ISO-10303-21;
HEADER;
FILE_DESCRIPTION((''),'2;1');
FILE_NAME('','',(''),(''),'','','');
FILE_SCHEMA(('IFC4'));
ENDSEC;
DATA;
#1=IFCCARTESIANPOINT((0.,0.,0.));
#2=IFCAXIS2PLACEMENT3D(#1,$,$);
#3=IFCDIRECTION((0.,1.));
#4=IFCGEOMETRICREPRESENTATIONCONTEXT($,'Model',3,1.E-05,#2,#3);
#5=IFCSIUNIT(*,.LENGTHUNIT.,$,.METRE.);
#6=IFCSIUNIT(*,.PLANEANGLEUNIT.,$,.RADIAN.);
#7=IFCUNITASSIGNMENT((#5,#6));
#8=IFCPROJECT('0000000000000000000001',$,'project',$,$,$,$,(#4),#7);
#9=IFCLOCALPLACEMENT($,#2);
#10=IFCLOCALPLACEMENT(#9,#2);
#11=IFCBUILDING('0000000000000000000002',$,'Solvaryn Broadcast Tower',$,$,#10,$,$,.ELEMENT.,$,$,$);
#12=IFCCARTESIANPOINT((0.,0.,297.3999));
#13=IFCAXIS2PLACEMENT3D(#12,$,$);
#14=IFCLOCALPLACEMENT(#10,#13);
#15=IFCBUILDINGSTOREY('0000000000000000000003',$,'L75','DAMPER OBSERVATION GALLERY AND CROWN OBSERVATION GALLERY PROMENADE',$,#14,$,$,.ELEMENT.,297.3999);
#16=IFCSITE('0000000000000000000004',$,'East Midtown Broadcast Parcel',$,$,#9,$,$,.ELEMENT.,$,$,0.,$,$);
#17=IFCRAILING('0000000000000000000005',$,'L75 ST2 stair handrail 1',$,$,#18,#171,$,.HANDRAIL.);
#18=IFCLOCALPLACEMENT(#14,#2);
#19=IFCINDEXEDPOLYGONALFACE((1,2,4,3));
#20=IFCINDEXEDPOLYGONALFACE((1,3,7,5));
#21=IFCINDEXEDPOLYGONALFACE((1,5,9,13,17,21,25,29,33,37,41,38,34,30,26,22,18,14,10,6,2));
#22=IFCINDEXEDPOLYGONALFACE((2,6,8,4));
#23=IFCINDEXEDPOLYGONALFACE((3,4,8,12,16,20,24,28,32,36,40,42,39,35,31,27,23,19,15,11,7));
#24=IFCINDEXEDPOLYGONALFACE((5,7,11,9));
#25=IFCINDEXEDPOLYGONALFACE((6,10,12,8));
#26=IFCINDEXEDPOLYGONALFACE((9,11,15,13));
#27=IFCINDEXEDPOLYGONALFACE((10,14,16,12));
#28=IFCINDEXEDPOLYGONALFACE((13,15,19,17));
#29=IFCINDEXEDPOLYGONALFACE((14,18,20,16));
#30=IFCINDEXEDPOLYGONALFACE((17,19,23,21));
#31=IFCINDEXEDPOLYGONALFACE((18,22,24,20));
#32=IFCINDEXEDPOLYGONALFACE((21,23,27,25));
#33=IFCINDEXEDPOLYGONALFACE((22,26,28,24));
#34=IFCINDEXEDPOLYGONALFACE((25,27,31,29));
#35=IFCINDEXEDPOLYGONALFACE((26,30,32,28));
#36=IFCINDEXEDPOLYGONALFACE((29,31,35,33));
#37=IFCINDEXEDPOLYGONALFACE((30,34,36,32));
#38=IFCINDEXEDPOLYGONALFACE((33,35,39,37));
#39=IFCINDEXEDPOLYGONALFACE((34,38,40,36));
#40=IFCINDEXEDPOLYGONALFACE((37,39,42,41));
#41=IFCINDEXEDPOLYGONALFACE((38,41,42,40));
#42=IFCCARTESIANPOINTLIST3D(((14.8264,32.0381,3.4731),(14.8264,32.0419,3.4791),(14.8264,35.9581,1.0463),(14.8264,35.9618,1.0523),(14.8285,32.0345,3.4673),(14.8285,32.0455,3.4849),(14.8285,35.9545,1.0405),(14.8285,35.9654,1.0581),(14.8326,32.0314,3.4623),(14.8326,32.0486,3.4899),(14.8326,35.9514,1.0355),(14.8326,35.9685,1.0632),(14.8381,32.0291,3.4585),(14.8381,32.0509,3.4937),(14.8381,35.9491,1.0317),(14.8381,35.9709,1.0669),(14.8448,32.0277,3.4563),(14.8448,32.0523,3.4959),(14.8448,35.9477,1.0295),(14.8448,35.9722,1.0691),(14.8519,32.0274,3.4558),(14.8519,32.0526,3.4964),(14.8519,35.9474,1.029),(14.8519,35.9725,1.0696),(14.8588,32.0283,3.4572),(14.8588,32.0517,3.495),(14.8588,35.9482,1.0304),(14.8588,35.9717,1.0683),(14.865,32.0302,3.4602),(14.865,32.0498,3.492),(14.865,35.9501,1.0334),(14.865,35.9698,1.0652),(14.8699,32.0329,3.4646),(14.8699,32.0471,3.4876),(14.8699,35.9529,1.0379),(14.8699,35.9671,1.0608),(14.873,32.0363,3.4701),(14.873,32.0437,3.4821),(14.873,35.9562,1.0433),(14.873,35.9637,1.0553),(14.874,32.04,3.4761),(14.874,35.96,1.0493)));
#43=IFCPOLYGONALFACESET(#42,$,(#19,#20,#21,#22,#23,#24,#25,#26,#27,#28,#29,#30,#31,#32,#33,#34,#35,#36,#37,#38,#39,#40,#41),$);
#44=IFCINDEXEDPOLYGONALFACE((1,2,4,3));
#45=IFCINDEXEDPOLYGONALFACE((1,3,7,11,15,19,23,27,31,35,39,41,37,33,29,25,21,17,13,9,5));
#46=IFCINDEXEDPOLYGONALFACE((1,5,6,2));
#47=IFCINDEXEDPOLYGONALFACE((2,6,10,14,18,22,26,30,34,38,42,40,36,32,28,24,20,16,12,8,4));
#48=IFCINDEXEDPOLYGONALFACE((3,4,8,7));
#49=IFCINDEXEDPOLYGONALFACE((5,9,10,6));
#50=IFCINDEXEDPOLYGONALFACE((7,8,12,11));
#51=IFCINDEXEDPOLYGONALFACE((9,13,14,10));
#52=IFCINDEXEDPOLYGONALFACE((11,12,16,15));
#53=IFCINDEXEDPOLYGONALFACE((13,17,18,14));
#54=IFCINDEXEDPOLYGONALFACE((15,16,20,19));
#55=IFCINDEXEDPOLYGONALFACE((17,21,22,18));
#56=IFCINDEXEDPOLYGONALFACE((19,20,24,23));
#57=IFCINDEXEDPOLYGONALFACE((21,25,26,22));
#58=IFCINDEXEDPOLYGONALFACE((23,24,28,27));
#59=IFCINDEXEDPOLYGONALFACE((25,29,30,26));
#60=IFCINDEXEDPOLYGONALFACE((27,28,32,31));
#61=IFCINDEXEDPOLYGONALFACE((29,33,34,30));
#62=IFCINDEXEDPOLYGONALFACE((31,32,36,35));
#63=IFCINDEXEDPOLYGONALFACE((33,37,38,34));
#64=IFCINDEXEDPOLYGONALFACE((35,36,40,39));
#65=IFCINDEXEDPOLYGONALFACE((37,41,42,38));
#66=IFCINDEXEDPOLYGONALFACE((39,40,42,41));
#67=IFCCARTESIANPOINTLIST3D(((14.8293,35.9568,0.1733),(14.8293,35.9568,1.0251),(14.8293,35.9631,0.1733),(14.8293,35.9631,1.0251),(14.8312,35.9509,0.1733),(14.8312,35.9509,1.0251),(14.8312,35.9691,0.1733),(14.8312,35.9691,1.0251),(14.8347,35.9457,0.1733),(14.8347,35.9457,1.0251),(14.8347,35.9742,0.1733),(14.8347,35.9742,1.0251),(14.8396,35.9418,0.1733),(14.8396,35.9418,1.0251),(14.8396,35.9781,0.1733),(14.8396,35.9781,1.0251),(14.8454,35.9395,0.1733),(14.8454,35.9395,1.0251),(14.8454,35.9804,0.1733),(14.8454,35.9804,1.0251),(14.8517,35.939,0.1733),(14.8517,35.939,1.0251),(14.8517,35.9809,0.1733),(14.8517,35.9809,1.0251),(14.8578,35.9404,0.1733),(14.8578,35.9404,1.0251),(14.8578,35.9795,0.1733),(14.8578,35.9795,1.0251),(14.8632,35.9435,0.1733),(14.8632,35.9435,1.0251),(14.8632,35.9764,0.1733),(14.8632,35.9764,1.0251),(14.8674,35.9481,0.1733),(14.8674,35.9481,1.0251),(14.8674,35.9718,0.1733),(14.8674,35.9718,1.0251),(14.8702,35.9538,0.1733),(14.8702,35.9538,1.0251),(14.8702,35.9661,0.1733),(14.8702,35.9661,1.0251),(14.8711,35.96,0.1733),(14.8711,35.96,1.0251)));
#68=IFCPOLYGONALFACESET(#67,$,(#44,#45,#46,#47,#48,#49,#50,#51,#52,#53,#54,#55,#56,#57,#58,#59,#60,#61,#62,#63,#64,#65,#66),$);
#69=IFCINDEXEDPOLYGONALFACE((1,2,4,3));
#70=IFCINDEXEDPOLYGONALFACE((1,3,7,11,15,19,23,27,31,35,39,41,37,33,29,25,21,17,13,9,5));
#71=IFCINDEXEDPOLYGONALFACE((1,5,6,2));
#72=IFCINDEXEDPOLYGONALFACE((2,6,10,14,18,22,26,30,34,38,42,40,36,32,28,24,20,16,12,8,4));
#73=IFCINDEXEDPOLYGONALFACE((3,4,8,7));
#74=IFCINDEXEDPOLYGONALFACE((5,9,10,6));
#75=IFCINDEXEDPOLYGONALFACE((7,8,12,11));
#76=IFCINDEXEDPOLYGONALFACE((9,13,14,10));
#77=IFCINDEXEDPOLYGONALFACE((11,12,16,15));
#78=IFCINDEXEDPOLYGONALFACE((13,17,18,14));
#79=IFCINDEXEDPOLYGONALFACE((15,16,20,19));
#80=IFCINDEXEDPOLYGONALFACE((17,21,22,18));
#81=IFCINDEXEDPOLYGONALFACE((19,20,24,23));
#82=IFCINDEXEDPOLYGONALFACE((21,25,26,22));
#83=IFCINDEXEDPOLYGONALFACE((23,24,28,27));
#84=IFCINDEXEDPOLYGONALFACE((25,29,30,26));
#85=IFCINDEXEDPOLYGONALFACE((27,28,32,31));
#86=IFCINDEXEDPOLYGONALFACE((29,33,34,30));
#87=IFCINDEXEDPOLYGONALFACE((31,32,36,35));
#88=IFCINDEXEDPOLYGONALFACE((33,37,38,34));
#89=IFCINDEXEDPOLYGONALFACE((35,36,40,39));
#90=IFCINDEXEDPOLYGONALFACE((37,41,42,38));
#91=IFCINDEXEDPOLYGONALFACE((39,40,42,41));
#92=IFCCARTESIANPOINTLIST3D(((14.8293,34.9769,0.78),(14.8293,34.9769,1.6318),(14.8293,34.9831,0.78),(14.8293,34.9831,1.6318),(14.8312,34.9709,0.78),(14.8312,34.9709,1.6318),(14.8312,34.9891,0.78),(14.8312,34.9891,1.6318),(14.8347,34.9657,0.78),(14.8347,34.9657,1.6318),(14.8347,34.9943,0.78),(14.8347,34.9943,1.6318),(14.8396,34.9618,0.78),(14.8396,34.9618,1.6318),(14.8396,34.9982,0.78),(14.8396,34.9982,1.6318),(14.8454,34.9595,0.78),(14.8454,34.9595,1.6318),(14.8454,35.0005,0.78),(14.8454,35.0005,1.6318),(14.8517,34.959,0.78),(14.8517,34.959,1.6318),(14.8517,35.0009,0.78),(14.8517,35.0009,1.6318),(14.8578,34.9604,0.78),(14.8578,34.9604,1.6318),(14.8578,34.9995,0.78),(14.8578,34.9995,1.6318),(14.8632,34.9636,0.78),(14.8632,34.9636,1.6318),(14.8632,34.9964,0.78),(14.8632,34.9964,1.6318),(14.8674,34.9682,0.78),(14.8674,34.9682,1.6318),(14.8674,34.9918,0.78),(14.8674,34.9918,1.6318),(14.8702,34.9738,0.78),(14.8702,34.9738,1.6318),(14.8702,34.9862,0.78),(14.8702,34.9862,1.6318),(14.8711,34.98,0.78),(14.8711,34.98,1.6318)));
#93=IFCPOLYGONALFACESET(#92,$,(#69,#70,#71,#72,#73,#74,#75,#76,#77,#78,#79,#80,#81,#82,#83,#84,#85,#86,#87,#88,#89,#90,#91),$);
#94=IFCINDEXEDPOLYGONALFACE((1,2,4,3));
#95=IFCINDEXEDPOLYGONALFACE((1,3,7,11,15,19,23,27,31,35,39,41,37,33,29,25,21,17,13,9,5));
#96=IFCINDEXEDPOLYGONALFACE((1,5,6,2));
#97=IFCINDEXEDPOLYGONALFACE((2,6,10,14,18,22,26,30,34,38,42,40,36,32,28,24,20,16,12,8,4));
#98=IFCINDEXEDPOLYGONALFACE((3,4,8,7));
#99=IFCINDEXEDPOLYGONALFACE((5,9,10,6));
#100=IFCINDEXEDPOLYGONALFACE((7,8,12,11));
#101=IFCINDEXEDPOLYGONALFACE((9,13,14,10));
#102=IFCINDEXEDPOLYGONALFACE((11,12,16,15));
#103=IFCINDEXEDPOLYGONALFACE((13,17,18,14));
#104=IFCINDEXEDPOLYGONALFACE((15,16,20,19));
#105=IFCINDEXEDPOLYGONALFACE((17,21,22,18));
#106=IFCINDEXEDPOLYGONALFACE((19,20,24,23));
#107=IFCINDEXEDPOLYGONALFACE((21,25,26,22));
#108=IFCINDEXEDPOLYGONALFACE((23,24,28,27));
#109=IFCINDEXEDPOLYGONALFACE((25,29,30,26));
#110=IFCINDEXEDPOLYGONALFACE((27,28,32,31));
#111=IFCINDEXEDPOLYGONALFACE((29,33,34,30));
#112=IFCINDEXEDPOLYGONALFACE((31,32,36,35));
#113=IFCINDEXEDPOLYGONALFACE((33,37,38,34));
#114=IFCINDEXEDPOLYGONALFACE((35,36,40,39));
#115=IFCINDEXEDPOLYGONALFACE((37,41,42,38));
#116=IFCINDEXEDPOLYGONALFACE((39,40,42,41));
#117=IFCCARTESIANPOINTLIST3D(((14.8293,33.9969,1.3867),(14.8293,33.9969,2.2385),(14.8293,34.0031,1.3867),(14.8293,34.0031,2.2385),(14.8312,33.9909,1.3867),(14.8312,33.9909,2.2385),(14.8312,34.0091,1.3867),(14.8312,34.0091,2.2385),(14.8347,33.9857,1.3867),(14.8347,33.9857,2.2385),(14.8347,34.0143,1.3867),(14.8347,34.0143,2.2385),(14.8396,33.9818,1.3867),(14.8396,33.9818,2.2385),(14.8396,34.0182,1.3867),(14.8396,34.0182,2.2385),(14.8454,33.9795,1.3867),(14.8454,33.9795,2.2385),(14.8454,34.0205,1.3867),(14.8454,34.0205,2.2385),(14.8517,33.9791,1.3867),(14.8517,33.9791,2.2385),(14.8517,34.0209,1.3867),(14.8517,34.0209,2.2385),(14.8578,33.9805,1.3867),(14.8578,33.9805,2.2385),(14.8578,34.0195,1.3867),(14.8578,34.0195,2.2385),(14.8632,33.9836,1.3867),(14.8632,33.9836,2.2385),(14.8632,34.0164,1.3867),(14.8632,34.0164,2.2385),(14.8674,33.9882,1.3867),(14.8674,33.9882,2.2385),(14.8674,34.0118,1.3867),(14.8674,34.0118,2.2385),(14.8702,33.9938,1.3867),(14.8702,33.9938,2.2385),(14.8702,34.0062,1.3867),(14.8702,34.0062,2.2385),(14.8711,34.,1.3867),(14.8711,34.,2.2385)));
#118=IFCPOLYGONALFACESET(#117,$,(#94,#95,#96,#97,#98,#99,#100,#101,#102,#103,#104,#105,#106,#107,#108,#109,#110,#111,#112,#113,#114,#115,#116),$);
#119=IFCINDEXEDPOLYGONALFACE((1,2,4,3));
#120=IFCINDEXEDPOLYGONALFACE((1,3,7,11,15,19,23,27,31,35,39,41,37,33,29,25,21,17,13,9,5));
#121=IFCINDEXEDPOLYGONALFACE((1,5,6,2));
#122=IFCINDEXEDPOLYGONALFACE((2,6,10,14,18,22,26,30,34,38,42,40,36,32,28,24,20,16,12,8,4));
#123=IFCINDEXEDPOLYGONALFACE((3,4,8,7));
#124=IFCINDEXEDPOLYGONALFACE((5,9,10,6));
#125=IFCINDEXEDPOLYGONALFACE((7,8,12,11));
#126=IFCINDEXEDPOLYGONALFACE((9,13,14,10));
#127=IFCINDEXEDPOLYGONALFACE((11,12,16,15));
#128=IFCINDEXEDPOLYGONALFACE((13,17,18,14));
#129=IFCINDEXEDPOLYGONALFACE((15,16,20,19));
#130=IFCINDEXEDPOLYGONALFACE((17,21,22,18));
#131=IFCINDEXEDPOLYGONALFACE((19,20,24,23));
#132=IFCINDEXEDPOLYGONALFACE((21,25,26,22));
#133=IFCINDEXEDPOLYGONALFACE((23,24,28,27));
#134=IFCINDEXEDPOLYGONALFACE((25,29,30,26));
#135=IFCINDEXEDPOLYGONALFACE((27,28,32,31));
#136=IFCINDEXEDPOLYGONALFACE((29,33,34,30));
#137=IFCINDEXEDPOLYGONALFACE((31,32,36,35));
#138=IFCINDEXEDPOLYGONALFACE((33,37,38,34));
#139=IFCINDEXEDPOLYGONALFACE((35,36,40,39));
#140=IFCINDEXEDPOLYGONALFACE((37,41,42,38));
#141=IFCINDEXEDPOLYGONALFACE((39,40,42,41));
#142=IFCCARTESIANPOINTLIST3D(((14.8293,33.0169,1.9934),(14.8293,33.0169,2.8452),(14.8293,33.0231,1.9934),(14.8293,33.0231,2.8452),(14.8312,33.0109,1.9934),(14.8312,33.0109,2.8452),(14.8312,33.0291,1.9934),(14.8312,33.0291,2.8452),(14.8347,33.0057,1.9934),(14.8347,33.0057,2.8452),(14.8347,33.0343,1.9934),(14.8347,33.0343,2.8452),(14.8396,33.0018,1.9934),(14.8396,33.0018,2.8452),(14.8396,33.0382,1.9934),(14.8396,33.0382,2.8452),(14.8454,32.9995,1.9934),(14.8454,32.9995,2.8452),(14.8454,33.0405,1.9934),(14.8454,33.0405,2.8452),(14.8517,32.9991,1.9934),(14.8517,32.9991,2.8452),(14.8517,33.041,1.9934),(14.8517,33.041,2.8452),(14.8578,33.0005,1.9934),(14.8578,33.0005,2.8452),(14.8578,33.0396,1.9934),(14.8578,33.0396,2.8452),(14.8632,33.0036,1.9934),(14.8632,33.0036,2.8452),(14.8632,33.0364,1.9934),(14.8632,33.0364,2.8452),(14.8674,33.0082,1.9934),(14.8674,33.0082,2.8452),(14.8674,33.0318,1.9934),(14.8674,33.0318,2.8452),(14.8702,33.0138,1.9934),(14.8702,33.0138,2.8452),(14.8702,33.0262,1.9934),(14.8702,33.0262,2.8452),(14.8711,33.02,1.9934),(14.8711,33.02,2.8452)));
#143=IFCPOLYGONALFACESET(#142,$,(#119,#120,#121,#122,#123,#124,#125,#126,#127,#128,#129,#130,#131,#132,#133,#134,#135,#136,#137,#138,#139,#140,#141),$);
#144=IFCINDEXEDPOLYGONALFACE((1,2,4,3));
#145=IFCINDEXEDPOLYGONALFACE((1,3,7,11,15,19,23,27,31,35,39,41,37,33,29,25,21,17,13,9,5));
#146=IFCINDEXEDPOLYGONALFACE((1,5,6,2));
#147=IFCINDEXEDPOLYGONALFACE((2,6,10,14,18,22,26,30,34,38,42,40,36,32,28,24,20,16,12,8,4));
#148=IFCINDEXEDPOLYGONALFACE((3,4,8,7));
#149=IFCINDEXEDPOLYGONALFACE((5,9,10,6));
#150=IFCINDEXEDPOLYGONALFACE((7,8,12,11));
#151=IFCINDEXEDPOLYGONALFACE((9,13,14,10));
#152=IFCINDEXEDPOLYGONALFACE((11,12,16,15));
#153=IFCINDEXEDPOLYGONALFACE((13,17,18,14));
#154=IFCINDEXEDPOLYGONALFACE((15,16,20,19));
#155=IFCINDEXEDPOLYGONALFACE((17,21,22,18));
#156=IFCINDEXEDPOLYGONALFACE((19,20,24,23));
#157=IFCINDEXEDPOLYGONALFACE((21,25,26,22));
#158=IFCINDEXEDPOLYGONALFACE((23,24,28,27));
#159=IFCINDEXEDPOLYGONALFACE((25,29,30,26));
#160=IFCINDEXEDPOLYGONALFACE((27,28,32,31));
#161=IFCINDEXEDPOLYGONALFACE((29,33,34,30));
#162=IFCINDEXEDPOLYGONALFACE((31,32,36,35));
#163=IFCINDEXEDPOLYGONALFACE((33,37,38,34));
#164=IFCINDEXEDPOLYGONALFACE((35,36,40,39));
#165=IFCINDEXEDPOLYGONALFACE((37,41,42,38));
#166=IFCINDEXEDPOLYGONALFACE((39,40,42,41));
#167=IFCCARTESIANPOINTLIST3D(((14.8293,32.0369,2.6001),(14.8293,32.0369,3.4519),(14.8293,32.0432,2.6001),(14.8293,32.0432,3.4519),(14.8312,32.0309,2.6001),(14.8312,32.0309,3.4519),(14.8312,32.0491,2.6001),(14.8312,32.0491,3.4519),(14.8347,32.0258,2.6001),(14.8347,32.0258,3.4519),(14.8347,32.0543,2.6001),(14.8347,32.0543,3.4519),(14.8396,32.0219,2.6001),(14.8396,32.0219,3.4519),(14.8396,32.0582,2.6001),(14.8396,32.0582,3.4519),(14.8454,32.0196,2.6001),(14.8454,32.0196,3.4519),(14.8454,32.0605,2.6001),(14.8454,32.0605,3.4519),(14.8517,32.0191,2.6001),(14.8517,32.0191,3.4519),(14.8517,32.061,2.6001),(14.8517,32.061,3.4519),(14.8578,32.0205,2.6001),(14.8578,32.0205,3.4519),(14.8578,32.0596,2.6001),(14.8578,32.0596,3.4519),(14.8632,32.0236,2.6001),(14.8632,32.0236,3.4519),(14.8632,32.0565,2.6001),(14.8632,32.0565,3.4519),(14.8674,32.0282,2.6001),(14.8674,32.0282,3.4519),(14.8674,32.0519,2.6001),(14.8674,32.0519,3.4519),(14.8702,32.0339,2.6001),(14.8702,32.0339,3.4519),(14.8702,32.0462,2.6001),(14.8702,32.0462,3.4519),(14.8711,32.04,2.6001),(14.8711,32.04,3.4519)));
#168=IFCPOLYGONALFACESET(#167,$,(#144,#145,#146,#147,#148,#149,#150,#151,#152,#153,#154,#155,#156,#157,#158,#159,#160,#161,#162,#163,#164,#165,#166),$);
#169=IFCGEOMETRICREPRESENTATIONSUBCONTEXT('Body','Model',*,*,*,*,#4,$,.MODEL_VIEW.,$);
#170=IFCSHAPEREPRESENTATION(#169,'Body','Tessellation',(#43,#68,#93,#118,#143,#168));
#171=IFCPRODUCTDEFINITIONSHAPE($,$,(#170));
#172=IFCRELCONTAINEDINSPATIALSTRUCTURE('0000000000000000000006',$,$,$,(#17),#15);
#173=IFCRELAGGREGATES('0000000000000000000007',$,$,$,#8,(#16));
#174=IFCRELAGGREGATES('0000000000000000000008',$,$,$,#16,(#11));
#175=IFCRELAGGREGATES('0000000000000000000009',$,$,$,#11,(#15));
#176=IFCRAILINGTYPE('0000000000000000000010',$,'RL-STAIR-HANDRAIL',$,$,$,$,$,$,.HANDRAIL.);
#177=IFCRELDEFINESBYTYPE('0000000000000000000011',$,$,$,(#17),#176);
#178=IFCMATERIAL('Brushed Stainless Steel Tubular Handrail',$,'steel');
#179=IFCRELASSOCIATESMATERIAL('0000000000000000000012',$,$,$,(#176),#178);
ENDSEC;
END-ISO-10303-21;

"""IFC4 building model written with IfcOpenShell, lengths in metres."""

from ifc_helpers import new_model, si_unit, direction, frame, origin, origin_2d, place, context, subcontext, project, spatial, circle, extrude, material, type_object, element, save


model = new_model("IFC4")

# Units and contexts
model_context = context("Model", 3, precision=1e-05, world=origin(), true_north=direction((0.0, 1.0)))
body_context = subcontext(model_context, "Body", "Model", "MODEL_VIEW")
ifc_project = project(units=[si_unit("LENGTHUNIT", "METRE"), si_unit("PLANEANGLEUNIT", "RADIAN")], contexts=[model_context])

# Site, building, storey
site_placement = place(None, origin())
site = spatial("IfcSite", under=ifc_project, at=site_placement, Name="East Midtown Broadcast Parcel", CompositionType="ELEMENT", RefElevation=0.0)
building_placement = place(site_placement, origin())
building = spatial("IfcBuilding", under=site, at=building_placement, Name="Solvaryn Broadcast Tower", CompositionType="ELEMENT")
storey_placement = place(building_placement, frame((0.0, 0.0, 297.3999)))
storey = spatial("IfcBuildingStorey", under=building, at=storey_placement, Name="L75", Description="DAMPER OBSERVATION GALLERY AND CROWN OBSERVATION GALLERY PROMENADE", CompositionType="ELEMENT", Elevation=297.3999)

# Railing
ifc_material_1 = material(Name="Brushed Stainless Steel Tubular Handrail", Category="steel")
railing_type_1 = type_object("IfcRailingType", Name="RL-STAIR-HANDRAIL", PredefinedType="HANDRAIL", material=ifc_material_1)
railing_1_placement = place(storey_placement, frame((14.8501, 35.96, 0.1733)))
element("IfcRailing", 1, at=railing_1_placement, inside=storey, type_object=railing_type_1, Name="L75 ST2 stair handrail 1", PredefinedType="HANDRAIL", context=body_context, shape_type="SweptSolid", body=[
    extrude(circle(Radius=0.0239, at=origin_2d()), frame((0.0, 0.0, 0.876), z_axis=(0.0, -0.850252, 0.526376), x_axis=(1.0, 0.0, 0.0)), (0.0, 0.0, 1.0), 4.6104),
    extrude(circle(Radius=0.021, at=origin_2d()), origin(), (0.0, 0.0, 1.0), 0.8518),
    extrude(circle(Radius=0.021, at=origin_2d()), frame((0.0, -0.98, 0.6067)), (0.0, 0.0, 1.0), 0.8518),
    extrude(circle(Radius=0.021, at=origin_2d()), frame((0.0, -1.96, 1.2134)), (0.0, 0.0, 1.0), 0.8518),
    extrude(circle(Radius=0.021, at=origin_2d()), frame((0.0, -2.9399, 1.8201)), (0.0, 0.0, 1.0), 0.8518),
    extrude(circle(Radius=0.021, at=origin_2d()), frame((0.0, -3.9199, 2.4268)), (0.0, 0.0, 1.0), 0.8518),
])

save(model, "model.ifc")
